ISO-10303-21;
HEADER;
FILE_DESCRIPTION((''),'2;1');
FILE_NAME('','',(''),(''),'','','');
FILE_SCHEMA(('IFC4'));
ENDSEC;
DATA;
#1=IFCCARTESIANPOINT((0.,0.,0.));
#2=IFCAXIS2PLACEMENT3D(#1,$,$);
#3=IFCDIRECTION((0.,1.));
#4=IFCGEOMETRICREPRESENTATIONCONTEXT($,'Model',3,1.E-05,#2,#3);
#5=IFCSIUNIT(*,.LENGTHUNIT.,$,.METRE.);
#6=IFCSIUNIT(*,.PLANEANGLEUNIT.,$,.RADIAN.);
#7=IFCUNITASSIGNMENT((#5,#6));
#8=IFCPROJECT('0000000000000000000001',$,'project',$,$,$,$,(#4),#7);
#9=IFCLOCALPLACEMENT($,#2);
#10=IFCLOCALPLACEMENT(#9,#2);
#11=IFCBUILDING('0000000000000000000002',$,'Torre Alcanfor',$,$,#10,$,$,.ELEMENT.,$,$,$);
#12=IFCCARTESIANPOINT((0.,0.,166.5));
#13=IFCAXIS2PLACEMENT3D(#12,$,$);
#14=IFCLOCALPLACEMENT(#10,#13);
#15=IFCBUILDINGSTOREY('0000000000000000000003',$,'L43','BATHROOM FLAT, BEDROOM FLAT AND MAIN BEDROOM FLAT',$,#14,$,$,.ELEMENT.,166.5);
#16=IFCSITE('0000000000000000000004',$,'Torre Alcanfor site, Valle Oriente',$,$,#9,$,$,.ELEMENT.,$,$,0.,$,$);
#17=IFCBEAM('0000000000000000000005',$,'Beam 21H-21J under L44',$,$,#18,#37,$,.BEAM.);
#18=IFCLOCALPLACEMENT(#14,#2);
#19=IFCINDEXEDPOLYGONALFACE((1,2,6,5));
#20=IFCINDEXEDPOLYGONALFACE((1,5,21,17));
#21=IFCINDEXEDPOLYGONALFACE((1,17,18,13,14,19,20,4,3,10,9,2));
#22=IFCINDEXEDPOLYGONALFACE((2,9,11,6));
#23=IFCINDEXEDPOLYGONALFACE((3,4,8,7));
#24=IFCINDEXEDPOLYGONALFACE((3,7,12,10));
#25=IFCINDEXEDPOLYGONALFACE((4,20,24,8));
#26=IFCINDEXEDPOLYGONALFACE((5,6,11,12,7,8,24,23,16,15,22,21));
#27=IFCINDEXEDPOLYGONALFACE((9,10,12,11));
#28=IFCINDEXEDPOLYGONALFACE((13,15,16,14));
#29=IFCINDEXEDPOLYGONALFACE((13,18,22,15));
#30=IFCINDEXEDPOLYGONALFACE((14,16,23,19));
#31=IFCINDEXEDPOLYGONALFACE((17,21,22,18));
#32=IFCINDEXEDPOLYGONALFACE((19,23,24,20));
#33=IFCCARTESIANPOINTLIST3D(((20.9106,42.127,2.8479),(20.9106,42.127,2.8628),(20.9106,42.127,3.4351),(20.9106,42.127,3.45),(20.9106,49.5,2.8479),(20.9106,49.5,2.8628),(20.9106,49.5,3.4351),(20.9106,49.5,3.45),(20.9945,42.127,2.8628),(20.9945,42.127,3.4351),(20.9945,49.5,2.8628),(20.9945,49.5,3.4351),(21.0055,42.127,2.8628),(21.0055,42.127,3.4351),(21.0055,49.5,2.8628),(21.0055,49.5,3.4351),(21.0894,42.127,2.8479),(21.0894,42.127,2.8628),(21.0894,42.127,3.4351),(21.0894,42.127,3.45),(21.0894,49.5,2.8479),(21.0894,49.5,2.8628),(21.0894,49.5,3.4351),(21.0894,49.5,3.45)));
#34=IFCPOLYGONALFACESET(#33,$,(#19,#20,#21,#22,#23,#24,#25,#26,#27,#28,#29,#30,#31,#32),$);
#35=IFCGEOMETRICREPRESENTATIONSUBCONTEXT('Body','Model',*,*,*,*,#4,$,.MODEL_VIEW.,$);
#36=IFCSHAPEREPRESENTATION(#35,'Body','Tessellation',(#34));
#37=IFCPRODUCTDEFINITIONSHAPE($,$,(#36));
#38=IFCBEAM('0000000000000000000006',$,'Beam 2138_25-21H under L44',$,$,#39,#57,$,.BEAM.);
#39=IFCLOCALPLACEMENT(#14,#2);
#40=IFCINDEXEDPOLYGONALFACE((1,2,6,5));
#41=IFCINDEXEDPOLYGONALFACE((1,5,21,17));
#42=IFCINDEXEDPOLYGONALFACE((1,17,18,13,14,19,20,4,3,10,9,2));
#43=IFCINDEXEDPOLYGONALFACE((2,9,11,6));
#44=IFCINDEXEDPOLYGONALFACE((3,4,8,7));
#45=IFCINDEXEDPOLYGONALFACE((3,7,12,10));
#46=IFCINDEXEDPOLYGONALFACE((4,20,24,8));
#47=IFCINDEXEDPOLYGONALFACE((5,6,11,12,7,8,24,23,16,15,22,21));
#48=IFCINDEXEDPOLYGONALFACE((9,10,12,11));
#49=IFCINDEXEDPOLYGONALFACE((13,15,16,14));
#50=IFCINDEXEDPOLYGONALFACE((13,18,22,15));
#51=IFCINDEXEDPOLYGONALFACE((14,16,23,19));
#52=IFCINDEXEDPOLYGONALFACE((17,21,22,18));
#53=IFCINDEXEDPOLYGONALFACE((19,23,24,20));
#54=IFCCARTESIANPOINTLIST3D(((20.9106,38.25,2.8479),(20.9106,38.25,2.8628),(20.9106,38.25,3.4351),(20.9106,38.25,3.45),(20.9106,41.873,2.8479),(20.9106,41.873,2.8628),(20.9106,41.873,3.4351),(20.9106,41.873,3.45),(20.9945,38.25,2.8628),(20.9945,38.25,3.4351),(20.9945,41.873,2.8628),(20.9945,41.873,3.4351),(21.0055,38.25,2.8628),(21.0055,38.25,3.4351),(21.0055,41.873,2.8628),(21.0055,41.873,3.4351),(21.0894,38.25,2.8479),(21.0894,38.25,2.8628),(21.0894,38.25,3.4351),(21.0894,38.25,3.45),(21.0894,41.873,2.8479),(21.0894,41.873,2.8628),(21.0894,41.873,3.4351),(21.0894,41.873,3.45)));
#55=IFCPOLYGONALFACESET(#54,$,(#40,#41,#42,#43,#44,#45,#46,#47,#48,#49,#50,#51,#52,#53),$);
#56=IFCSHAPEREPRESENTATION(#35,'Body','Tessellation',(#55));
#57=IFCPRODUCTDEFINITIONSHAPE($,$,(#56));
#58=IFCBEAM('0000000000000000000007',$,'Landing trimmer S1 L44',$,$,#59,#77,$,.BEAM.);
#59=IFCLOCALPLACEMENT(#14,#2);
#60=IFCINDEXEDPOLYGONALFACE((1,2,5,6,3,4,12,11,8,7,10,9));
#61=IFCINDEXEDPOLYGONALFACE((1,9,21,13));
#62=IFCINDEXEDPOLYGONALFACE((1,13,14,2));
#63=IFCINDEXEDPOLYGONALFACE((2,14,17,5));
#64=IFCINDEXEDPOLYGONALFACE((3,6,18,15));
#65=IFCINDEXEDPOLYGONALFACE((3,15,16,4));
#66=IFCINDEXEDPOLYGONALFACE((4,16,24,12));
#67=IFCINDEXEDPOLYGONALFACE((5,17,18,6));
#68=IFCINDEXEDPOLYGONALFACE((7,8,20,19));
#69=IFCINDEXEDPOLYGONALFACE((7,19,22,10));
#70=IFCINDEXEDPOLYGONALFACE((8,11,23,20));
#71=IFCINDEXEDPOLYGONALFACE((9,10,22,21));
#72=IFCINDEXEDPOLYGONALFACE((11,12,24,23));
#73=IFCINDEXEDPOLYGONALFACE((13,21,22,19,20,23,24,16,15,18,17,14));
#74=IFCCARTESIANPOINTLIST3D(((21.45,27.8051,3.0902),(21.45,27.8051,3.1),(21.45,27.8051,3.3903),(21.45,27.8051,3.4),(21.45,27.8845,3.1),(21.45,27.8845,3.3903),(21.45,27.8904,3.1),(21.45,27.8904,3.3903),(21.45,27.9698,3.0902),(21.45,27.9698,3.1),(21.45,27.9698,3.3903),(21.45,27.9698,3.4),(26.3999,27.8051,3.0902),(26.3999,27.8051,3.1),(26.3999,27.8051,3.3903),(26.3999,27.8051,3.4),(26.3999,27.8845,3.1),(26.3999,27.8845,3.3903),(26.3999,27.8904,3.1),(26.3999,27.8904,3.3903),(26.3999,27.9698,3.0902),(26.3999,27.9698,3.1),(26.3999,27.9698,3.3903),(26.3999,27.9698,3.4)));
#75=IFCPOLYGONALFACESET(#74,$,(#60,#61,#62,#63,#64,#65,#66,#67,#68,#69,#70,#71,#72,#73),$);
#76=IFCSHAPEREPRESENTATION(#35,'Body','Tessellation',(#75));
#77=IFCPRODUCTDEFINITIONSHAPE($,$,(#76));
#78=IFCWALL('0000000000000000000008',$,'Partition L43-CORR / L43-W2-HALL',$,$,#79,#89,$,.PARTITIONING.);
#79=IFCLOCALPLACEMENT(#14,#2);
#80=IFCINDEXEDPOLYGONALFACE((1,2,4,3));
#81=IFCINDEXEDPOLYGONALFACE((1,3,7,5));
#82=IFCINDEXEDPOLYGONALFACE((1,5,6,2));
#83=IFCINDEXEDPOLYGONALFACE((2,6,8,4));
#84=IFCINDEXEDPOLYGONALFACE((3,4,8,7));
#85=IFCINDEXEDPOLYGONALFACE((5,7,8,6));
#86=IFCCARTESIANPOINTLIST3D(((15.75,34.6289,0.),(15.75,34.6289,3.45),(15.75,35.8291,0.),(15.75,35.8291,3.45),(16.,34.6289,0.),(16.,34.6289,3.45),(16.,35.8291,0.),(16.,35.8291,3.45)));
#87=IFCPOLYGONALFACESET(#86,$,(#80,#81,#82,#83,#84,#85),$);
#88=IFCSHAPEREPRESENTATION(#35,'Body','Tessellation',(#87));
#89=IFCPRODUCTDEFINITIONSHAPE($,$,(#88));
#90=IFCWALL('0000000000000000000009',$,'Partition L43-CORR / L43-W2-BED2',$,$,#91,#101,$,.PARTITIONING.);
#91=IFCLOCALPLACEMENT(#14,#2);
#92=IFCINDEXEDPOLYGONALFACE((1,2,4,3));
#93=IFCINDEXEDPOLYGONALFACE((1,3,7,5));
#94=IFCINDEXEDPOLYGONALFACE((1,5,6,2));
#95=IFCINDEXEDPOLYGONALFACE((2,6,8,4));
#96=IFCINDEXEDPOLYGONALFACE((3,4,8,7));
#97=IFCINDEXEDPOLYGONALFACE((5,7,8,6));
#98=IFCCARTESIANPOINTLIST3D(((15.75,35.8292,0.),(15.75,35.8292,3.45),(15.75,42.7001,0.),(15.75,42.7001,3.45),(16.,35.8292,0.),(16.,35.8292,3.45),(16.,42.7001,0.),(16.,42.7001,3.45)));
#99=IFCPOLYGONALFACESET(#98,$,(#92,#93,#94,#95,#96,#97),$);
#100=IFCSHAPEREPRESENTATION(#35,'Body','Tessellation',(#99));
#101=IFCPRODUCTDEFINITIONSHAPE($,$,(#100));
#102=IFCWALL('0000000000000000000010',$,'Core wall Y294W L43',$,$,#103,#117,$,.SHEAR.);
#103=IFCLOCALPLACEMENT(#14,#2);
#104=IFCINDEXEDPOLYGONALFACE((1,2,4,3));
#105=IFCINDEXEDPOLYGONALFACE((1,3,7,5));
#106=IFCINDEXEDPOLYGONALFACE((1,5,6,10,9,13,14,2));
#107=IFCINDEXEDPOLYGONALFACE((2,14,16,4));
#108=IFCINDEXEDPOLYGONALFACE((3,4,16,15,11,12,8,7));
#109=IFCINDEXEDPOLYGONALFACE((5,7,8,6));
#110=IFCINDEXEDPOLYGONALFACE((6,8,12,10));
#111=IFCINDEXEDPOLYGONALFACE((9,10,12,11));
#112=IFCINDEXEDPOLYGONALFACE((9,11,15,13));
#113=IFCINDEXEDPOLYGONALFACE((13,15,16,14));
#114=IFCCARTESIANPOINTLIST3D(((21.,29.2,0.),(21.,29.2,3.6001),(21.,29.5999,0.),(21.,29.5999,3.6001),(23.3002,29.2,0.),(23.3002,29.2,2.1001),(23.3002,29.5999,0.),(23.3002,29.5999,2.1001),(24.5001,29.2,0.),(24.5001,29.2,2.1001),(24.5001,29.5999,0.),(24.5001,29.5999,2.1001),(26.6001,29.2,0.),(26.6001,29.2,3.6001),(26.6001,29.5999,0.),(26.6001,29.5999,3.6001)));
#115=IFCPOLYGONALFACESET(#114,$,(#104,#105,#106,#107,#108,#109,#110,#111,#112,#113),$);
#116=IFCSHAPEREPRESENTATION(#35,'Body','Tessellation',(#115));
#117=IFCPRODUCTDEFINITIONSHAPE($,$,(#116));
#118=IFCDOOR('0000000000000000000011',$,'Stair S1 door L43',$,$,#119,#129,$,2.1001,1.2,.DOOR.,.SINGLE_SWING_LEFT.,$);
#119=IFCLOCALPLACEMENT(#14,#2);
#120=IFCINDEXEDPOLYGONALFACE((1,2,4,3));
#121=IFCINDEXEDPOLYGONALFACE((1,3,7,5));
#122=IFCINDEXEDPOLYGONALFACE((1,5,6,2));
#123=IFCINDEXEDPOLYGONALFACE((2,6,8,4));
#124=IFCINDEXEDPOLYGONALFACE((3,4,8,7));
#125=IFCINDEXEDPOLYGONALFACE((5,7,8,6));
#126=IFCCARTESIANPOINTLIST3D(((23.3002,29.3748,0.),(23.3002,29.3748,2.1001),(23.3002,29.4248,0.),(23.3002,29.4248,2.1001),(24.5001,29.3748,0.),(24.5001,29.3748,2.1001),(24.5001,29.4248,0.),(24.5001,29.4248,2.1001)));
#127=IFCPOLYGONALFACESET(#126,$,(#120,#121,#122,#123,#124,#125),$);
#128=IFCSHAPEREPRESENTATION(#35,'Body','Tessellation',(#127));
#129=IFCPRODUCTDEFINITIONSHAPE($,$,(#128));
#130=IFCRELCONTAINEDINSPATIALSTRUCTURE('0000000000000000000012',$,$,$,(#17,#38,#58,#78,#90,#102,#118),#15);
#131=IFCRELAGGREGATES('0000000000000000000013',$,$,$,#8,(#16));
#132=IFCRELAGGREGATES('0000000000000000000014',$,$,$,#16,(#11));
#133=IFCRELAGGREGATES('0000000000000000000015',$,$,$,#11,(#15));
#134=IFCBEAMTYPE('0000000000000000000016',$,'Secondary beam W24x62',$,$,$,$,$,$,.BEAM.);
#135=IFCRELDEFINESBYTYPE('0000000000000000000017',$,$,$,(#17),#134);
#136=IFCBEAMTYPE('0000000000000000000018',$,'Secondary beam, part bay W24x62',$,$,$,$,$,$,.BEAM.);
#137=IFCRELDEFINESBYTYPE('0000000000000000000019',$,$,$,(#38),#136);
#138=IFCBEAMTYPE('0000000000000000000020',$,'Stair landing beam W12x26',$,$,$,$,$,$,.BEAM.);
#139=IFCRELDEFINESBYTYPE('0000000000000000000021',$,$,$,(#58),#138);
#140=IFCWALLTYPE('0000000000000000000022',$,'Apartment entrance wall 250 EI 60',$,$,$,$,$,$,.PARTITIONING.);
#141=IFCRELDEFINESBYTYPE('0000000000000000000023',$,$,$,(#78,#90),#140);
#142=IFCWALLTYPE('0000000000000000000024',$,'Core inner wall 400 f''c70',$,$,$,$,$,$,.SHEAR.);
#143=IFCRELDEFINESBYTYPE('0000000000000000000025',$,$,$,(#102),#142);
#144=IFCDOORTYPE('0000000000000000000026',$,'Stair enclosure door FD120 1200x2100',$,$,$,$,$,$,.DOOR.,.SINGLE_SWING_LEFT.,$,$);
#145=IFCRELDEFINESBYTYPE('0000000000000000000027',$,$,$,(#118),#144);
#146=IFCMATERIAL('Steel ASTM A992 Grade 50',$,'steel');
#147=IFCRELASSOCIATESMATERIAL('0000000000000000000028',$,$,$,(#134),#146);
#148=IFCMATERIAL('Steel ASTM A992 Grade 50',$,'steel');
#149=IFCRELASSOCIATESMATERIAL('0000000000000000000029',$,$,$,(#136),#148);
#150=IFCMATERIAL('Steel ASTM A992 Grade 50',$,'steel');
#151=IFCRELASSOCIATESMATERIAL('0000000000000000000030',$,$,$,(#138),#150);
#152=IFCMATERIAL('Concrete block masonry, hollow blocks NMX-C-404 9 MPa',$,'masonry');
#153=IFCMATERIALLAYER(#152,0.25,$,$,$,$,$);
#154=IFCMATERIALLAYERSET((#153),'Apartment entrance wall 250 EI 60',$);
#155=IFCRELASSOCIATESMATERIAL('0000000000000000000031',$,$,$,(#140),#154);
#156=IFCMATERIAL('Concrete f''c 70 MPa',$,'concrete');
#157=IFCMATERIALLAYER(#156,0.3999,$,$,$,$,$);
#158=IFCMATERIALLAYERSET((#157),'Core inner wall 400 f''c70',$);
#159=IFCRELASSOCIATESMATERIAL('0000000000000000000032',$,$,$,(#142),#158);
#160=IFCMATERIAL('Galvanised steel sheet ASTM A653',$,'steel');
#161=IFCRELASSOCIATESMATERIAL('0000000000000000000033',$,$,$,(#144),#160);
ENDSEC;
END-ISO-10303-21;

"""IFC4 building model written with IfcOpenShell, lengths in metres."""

from ifc_helpers import new_model, si_unit, direction, frame, frame_2d, origin, origin_2d, place, context, subcontext, project, spatial, rectangle, i_section, extrude, material, layer, layer_set, material_profile, profile_set, type_object, element, fill, save


model = new_model("IFC4")

# Units and contexts
model_context = context("Model", 3, precision=1e-05, world=origin(), true_north=direction((0.0, 1.0)))
body_context = subcontext(model_context, "Body", "Model", "MODEL_VIEW")
ifc_project = project(units=[si_unit("LENGTHUNIT", "METRE"), si_unit("PLANEANGLEUNIT", "RADIAN")], contexts=[model_context])

# Site, building, storey
site_placement = place(None, origin())
site = spatial("IfcSite", under=ifc_project, at=site_placement, Name="Torre Alcanfor site, Valle Oriente", CompositionType="ELEMENT", RefElevation=0.0)
building_placement = place(site_placement, origin())
building = spatial("IfcBuilding", under=site, at=building_placement, Name="Torre Alcanfor", CompositionType="ELEMENT")
storey_placement = place(building_placement, frame((0.0, 0.0, 166.5)))
storey = spatial("IfcBuildingStorey", under=building, at=storey_placement, Name="L43", Description="BATHROOM FLAT, BEDROOM FLAT AND MAIN BEDROOM FLAT", CompositionType="ELEMENT", Elevation=166.5)

# Beams
ifc_material_1 = material(Name="Steel ASTM A992 Grade 50", Category="steel")
ifc_material_profile_1 = material_profile(ifc_material_1, i_section(OverallWidth=0.1787, OverallDepth=0.6021, WebThickness=0.011, FlangeThickness=0.0149, at=origin_2d()), Name="W24x62")
ifc_profile_set_1 = profile_set([ifc_material_profile_1], Name="Steel ASTM A992 Grade 50")
beam_type_1 = type_object("IfcBeamType", Name="Secondary beam W24x62", PredefinedType="BEAM", material=ifc_profile_set_1)
beam_1_placement = place(storey_placement, frame((21.0, 42.127, 3.1489), z_axis=(0.0, 1.0, 0.0), x_axis=(-1.0, 0.0, 0.0)))
element("IfcBeam", 1, at=beam_1_placement, inside=storey, type_object=beam_type_1, Name="Beam 21H-21J under L44", PredefinedType="BEAM", context=body_context, shape_type="SweptSolid", body=[
    extrude(i_section(OverallWidth=0.1787, OverallDepth=0.6021, WebThickness=0.011, FlangeThickness=0.0149, at=origin_2d()), origin(), (0.0, 0.0, 1.0), 7.373),
])
ifc_material_2 = material(Name="Steel ASTM A992 Grade 50", Category="steel")
ifc_material_profile_2 = material_profile(ifc_material_2, i_section(OverallWidth=0.1787, OverallDepth=0.6021, WebThickness=0.011, FlangeThickness=0.0149, at=origin_2d()), Name="W24x62")
ifc_profile_set_2 = profile_set([ifc_material_profile_2], Name="Steel ASTM A992 Grade 50")
beam_type_2 = type_object("IfcBeamType", Name="Secondary beam, part bay W24x62", PredefinedType="BEAM", material=ifc_profile_set_2)
beam_2_placement = place(storey_placement, frame((21.0, 38.25, 3.1489), z_axis=(0.0, 1.0, 0.0), x_axis=(-1.0, 0.0, 0.0)))
element("IfcBeam", 2, at=beam_2_placement, inside=storey, type_object=beam_type_2, Name="Beam 2138_25-21H under L44", PredefinedType="BEAM", context=body_context, shape_type="SweptSolid", body=[
    extrude(i_section(OverallWidth=0.1787, OverallDepth=0.6021, WebThickness=0.011, FlangeThickness=0.0149, at=origin_2d()), origin(), (0.0, 0.0, 1.0), 3.623),
])
ifc_material_3 = material(Name="Steel ASTM A992 Grade 50", Category="steel")
ifc_material_profile_3 = material_profile(ifc_material_3, i_section(OverallWidth=0.1648, OverallDepth=0.3098, WebThickness=0.0059, FlangeThickness=0.0098, at=origin_2d()), Name="W12x26")
ifc_profile_set_3 = profile_set([ifc_material_profile_3], Name="Steel ASTM A992 Grade 50")
beam_type_3 = type_object("IfcBeamType", Name="Stair landing beam W12x26", PredefinedType="BEAM", material=ifc_profile_set_3)
beam_3_placement = place(storey_placement, frame((21.45, 27.8875, 3.2451), z_axis=(1.0, 0.0, 0.0), x_axis=(0.0, 1.0, 0.0)))
element("IfcBeam", 3, at=beam_3_placement, inside=storey, type_object=beam_type_3, Name="Landing trimmer S1 L44", PredefinedType="BEAM", context=body_context, shape_type="SweptSolid", body=[
    extrude(i_section(OverallWidth=0.1648, OverallDepth=0.3098, WebThickness=0.0059, FlangeThickness=0.0098, at=origin_2d()), origin(), (0.0, 0.0, 1.0), 4.95),
])

# Walls
ifc_material_4 = material(Name="Concrete block masonry, hollow blocks NMX-C-404 9 MPa", Category="masonry")
ifc_layer_1 = layer(ifc_material_4, 0.25)
ifc_layer_set_1 = layer_set([ifc_layer_1], Name="Apartment entrance wall 250 EI 60")
wall_type_1 = type_object("IfcWallType", Name="Apartment entrance wall 250 EI 60", PredefinedType="PARTITIONING", material=ifc_layer_set_1)
wall_1_placement = place(storey_placement, frame((15.875, 34.6289, 0.0), z_axis=(0.0, 0.0, 1.0), x_axis=(0.0, 1.0, 0.0)))
element("IfcWall", 4, at=wall_1_placement, inside=storey, type_object=wall_type_1, Name="Partition L43-CORR / L43-W2-HALL", PredefinedType="PARTITIONING", context=body_context, shape_type="SweptSolid", body=[
    extrude(rectangle(XDim=1.2002, YDim=0.25, at=frame_2d((0.6001, 0.0))), origin(), (0.0, 0.0, 1.0), 3.45),
])
wall_2_placement = place(storey_placement, frame((15.875, 35.8291, 0.0), z_axis=(0.0, 0.0, 1.0), x_axis=(0.0, 1.0, 0.0)))
element("IfcWall", 5, at=wall_2_placement, inside=storey, type_object=wall_type_1, Name="Partition L43-CORR / L43-W2-BED2", PredefinedType="PARTITIONING", context=body_context, shape_type="SweptSolid", body=[
    extrude(rectangle(XDim=6.8708, YDim=0.25, at=frame_2d((3.4355, 0.0))), origin(), (0.0, 0.0, 1.0), 3.45),
])

# Wall, opening, door
ifc_material_5 = material(Name="Concrete f'c 70 MPa", Category="concrete")
ifc_layer_2 = layer(ifc_material_5, 0.3999)
ifc_layer_set_2 = layer_set([ifc_layer_2], Name="Core inner wall 400 f'c70")
wall_type_2 = type_object("IfcWallType", Name="Core inner wall 400 f'c70", PredefinedType="SHEAR", material=ifc_layer_set_2)
wall_3_placement = place(storey_placement, frame((21.0, 29.3999, 0.0), z_axis=(0.0, 0.0, 1.0), x_axis=(1.0, 0.0, 0.0)))
wall_3 = element("IfcWall", 6, at=wall_3_placement, inside=storey, type_object=wall_type_2, Name="Core wall Y294W L43", PredefinedType="SHEAR", context=body_context, shape_type="SweptSolid", body=[
    extrude(rectangle(XDim=5.6001, YDim=0.3999, at=frame_2d((2.8, 0.0))), origin(), (0.0, 0.0, 1.0), 3.6001),
])
opening_1_placement = place(wall_3_placement, frame((2.3, 0.0, 0.0)))
opening_1 = element("IfcOpeningElement", 7, at=opening_1_placement, cuts=wall_3, PredefinedType="OPENING", context=body_context, shape_type="SweptSolid", body=[
    extrude(rectangle(XDim=1.2, YDim=2.1001, at=frame_2d((0.6001, 1.05))), frame((0.0, 0.21, 0.0), z_axis=(0.0, -1.0, 0.0), x_axis=(1.0, 0.0, 0.0)), (0.0, 0.0, 1.0), 0.4199),
])
ifc_material_6 = material(Name="Galvanised steel sheet ASTM A653", Category="steel")
door_type_1 = type_object("IfcDoorType", Name="Stair enclosure door FD120 1200x2100", OperationType="SINGLE_SWING_LEFT", PredefinedType="DOOR", material=ifc_material_6)
door_1_placement = place(opening_1_placement, frame((1.2, 0.0, 0.0), z_axis=(0.0, 0.0, 1.0), x_axis=(-1.0, 0.0, 0.0)))
door_1 = element("IfcDoor", 8, at=door_1_placement, inside=storey, type_object=door_type_1, Name="Stair S1 door L43", OperationType="SINGLE_SWING_LEFT", OverallHeight=2.1001, OverallWidth=1.2, PredefinedType="DOOR", context=body_context, shape_type="SweptSolid", body=[
    extrude(rectangle(XDim=1.2, YDim=2.1001, at=frame_2d((0.5999, 1.05))), frame((0.0, 0.0251, 0.0), z_axis=(0.0, -1.0, 0.0), x_axis=(1.0, 0.0, 0.0)), (0.0, 0.0, 1.0), 0.05),
])
fill(opening_1, door_1)

save(model, "model.ifc")
